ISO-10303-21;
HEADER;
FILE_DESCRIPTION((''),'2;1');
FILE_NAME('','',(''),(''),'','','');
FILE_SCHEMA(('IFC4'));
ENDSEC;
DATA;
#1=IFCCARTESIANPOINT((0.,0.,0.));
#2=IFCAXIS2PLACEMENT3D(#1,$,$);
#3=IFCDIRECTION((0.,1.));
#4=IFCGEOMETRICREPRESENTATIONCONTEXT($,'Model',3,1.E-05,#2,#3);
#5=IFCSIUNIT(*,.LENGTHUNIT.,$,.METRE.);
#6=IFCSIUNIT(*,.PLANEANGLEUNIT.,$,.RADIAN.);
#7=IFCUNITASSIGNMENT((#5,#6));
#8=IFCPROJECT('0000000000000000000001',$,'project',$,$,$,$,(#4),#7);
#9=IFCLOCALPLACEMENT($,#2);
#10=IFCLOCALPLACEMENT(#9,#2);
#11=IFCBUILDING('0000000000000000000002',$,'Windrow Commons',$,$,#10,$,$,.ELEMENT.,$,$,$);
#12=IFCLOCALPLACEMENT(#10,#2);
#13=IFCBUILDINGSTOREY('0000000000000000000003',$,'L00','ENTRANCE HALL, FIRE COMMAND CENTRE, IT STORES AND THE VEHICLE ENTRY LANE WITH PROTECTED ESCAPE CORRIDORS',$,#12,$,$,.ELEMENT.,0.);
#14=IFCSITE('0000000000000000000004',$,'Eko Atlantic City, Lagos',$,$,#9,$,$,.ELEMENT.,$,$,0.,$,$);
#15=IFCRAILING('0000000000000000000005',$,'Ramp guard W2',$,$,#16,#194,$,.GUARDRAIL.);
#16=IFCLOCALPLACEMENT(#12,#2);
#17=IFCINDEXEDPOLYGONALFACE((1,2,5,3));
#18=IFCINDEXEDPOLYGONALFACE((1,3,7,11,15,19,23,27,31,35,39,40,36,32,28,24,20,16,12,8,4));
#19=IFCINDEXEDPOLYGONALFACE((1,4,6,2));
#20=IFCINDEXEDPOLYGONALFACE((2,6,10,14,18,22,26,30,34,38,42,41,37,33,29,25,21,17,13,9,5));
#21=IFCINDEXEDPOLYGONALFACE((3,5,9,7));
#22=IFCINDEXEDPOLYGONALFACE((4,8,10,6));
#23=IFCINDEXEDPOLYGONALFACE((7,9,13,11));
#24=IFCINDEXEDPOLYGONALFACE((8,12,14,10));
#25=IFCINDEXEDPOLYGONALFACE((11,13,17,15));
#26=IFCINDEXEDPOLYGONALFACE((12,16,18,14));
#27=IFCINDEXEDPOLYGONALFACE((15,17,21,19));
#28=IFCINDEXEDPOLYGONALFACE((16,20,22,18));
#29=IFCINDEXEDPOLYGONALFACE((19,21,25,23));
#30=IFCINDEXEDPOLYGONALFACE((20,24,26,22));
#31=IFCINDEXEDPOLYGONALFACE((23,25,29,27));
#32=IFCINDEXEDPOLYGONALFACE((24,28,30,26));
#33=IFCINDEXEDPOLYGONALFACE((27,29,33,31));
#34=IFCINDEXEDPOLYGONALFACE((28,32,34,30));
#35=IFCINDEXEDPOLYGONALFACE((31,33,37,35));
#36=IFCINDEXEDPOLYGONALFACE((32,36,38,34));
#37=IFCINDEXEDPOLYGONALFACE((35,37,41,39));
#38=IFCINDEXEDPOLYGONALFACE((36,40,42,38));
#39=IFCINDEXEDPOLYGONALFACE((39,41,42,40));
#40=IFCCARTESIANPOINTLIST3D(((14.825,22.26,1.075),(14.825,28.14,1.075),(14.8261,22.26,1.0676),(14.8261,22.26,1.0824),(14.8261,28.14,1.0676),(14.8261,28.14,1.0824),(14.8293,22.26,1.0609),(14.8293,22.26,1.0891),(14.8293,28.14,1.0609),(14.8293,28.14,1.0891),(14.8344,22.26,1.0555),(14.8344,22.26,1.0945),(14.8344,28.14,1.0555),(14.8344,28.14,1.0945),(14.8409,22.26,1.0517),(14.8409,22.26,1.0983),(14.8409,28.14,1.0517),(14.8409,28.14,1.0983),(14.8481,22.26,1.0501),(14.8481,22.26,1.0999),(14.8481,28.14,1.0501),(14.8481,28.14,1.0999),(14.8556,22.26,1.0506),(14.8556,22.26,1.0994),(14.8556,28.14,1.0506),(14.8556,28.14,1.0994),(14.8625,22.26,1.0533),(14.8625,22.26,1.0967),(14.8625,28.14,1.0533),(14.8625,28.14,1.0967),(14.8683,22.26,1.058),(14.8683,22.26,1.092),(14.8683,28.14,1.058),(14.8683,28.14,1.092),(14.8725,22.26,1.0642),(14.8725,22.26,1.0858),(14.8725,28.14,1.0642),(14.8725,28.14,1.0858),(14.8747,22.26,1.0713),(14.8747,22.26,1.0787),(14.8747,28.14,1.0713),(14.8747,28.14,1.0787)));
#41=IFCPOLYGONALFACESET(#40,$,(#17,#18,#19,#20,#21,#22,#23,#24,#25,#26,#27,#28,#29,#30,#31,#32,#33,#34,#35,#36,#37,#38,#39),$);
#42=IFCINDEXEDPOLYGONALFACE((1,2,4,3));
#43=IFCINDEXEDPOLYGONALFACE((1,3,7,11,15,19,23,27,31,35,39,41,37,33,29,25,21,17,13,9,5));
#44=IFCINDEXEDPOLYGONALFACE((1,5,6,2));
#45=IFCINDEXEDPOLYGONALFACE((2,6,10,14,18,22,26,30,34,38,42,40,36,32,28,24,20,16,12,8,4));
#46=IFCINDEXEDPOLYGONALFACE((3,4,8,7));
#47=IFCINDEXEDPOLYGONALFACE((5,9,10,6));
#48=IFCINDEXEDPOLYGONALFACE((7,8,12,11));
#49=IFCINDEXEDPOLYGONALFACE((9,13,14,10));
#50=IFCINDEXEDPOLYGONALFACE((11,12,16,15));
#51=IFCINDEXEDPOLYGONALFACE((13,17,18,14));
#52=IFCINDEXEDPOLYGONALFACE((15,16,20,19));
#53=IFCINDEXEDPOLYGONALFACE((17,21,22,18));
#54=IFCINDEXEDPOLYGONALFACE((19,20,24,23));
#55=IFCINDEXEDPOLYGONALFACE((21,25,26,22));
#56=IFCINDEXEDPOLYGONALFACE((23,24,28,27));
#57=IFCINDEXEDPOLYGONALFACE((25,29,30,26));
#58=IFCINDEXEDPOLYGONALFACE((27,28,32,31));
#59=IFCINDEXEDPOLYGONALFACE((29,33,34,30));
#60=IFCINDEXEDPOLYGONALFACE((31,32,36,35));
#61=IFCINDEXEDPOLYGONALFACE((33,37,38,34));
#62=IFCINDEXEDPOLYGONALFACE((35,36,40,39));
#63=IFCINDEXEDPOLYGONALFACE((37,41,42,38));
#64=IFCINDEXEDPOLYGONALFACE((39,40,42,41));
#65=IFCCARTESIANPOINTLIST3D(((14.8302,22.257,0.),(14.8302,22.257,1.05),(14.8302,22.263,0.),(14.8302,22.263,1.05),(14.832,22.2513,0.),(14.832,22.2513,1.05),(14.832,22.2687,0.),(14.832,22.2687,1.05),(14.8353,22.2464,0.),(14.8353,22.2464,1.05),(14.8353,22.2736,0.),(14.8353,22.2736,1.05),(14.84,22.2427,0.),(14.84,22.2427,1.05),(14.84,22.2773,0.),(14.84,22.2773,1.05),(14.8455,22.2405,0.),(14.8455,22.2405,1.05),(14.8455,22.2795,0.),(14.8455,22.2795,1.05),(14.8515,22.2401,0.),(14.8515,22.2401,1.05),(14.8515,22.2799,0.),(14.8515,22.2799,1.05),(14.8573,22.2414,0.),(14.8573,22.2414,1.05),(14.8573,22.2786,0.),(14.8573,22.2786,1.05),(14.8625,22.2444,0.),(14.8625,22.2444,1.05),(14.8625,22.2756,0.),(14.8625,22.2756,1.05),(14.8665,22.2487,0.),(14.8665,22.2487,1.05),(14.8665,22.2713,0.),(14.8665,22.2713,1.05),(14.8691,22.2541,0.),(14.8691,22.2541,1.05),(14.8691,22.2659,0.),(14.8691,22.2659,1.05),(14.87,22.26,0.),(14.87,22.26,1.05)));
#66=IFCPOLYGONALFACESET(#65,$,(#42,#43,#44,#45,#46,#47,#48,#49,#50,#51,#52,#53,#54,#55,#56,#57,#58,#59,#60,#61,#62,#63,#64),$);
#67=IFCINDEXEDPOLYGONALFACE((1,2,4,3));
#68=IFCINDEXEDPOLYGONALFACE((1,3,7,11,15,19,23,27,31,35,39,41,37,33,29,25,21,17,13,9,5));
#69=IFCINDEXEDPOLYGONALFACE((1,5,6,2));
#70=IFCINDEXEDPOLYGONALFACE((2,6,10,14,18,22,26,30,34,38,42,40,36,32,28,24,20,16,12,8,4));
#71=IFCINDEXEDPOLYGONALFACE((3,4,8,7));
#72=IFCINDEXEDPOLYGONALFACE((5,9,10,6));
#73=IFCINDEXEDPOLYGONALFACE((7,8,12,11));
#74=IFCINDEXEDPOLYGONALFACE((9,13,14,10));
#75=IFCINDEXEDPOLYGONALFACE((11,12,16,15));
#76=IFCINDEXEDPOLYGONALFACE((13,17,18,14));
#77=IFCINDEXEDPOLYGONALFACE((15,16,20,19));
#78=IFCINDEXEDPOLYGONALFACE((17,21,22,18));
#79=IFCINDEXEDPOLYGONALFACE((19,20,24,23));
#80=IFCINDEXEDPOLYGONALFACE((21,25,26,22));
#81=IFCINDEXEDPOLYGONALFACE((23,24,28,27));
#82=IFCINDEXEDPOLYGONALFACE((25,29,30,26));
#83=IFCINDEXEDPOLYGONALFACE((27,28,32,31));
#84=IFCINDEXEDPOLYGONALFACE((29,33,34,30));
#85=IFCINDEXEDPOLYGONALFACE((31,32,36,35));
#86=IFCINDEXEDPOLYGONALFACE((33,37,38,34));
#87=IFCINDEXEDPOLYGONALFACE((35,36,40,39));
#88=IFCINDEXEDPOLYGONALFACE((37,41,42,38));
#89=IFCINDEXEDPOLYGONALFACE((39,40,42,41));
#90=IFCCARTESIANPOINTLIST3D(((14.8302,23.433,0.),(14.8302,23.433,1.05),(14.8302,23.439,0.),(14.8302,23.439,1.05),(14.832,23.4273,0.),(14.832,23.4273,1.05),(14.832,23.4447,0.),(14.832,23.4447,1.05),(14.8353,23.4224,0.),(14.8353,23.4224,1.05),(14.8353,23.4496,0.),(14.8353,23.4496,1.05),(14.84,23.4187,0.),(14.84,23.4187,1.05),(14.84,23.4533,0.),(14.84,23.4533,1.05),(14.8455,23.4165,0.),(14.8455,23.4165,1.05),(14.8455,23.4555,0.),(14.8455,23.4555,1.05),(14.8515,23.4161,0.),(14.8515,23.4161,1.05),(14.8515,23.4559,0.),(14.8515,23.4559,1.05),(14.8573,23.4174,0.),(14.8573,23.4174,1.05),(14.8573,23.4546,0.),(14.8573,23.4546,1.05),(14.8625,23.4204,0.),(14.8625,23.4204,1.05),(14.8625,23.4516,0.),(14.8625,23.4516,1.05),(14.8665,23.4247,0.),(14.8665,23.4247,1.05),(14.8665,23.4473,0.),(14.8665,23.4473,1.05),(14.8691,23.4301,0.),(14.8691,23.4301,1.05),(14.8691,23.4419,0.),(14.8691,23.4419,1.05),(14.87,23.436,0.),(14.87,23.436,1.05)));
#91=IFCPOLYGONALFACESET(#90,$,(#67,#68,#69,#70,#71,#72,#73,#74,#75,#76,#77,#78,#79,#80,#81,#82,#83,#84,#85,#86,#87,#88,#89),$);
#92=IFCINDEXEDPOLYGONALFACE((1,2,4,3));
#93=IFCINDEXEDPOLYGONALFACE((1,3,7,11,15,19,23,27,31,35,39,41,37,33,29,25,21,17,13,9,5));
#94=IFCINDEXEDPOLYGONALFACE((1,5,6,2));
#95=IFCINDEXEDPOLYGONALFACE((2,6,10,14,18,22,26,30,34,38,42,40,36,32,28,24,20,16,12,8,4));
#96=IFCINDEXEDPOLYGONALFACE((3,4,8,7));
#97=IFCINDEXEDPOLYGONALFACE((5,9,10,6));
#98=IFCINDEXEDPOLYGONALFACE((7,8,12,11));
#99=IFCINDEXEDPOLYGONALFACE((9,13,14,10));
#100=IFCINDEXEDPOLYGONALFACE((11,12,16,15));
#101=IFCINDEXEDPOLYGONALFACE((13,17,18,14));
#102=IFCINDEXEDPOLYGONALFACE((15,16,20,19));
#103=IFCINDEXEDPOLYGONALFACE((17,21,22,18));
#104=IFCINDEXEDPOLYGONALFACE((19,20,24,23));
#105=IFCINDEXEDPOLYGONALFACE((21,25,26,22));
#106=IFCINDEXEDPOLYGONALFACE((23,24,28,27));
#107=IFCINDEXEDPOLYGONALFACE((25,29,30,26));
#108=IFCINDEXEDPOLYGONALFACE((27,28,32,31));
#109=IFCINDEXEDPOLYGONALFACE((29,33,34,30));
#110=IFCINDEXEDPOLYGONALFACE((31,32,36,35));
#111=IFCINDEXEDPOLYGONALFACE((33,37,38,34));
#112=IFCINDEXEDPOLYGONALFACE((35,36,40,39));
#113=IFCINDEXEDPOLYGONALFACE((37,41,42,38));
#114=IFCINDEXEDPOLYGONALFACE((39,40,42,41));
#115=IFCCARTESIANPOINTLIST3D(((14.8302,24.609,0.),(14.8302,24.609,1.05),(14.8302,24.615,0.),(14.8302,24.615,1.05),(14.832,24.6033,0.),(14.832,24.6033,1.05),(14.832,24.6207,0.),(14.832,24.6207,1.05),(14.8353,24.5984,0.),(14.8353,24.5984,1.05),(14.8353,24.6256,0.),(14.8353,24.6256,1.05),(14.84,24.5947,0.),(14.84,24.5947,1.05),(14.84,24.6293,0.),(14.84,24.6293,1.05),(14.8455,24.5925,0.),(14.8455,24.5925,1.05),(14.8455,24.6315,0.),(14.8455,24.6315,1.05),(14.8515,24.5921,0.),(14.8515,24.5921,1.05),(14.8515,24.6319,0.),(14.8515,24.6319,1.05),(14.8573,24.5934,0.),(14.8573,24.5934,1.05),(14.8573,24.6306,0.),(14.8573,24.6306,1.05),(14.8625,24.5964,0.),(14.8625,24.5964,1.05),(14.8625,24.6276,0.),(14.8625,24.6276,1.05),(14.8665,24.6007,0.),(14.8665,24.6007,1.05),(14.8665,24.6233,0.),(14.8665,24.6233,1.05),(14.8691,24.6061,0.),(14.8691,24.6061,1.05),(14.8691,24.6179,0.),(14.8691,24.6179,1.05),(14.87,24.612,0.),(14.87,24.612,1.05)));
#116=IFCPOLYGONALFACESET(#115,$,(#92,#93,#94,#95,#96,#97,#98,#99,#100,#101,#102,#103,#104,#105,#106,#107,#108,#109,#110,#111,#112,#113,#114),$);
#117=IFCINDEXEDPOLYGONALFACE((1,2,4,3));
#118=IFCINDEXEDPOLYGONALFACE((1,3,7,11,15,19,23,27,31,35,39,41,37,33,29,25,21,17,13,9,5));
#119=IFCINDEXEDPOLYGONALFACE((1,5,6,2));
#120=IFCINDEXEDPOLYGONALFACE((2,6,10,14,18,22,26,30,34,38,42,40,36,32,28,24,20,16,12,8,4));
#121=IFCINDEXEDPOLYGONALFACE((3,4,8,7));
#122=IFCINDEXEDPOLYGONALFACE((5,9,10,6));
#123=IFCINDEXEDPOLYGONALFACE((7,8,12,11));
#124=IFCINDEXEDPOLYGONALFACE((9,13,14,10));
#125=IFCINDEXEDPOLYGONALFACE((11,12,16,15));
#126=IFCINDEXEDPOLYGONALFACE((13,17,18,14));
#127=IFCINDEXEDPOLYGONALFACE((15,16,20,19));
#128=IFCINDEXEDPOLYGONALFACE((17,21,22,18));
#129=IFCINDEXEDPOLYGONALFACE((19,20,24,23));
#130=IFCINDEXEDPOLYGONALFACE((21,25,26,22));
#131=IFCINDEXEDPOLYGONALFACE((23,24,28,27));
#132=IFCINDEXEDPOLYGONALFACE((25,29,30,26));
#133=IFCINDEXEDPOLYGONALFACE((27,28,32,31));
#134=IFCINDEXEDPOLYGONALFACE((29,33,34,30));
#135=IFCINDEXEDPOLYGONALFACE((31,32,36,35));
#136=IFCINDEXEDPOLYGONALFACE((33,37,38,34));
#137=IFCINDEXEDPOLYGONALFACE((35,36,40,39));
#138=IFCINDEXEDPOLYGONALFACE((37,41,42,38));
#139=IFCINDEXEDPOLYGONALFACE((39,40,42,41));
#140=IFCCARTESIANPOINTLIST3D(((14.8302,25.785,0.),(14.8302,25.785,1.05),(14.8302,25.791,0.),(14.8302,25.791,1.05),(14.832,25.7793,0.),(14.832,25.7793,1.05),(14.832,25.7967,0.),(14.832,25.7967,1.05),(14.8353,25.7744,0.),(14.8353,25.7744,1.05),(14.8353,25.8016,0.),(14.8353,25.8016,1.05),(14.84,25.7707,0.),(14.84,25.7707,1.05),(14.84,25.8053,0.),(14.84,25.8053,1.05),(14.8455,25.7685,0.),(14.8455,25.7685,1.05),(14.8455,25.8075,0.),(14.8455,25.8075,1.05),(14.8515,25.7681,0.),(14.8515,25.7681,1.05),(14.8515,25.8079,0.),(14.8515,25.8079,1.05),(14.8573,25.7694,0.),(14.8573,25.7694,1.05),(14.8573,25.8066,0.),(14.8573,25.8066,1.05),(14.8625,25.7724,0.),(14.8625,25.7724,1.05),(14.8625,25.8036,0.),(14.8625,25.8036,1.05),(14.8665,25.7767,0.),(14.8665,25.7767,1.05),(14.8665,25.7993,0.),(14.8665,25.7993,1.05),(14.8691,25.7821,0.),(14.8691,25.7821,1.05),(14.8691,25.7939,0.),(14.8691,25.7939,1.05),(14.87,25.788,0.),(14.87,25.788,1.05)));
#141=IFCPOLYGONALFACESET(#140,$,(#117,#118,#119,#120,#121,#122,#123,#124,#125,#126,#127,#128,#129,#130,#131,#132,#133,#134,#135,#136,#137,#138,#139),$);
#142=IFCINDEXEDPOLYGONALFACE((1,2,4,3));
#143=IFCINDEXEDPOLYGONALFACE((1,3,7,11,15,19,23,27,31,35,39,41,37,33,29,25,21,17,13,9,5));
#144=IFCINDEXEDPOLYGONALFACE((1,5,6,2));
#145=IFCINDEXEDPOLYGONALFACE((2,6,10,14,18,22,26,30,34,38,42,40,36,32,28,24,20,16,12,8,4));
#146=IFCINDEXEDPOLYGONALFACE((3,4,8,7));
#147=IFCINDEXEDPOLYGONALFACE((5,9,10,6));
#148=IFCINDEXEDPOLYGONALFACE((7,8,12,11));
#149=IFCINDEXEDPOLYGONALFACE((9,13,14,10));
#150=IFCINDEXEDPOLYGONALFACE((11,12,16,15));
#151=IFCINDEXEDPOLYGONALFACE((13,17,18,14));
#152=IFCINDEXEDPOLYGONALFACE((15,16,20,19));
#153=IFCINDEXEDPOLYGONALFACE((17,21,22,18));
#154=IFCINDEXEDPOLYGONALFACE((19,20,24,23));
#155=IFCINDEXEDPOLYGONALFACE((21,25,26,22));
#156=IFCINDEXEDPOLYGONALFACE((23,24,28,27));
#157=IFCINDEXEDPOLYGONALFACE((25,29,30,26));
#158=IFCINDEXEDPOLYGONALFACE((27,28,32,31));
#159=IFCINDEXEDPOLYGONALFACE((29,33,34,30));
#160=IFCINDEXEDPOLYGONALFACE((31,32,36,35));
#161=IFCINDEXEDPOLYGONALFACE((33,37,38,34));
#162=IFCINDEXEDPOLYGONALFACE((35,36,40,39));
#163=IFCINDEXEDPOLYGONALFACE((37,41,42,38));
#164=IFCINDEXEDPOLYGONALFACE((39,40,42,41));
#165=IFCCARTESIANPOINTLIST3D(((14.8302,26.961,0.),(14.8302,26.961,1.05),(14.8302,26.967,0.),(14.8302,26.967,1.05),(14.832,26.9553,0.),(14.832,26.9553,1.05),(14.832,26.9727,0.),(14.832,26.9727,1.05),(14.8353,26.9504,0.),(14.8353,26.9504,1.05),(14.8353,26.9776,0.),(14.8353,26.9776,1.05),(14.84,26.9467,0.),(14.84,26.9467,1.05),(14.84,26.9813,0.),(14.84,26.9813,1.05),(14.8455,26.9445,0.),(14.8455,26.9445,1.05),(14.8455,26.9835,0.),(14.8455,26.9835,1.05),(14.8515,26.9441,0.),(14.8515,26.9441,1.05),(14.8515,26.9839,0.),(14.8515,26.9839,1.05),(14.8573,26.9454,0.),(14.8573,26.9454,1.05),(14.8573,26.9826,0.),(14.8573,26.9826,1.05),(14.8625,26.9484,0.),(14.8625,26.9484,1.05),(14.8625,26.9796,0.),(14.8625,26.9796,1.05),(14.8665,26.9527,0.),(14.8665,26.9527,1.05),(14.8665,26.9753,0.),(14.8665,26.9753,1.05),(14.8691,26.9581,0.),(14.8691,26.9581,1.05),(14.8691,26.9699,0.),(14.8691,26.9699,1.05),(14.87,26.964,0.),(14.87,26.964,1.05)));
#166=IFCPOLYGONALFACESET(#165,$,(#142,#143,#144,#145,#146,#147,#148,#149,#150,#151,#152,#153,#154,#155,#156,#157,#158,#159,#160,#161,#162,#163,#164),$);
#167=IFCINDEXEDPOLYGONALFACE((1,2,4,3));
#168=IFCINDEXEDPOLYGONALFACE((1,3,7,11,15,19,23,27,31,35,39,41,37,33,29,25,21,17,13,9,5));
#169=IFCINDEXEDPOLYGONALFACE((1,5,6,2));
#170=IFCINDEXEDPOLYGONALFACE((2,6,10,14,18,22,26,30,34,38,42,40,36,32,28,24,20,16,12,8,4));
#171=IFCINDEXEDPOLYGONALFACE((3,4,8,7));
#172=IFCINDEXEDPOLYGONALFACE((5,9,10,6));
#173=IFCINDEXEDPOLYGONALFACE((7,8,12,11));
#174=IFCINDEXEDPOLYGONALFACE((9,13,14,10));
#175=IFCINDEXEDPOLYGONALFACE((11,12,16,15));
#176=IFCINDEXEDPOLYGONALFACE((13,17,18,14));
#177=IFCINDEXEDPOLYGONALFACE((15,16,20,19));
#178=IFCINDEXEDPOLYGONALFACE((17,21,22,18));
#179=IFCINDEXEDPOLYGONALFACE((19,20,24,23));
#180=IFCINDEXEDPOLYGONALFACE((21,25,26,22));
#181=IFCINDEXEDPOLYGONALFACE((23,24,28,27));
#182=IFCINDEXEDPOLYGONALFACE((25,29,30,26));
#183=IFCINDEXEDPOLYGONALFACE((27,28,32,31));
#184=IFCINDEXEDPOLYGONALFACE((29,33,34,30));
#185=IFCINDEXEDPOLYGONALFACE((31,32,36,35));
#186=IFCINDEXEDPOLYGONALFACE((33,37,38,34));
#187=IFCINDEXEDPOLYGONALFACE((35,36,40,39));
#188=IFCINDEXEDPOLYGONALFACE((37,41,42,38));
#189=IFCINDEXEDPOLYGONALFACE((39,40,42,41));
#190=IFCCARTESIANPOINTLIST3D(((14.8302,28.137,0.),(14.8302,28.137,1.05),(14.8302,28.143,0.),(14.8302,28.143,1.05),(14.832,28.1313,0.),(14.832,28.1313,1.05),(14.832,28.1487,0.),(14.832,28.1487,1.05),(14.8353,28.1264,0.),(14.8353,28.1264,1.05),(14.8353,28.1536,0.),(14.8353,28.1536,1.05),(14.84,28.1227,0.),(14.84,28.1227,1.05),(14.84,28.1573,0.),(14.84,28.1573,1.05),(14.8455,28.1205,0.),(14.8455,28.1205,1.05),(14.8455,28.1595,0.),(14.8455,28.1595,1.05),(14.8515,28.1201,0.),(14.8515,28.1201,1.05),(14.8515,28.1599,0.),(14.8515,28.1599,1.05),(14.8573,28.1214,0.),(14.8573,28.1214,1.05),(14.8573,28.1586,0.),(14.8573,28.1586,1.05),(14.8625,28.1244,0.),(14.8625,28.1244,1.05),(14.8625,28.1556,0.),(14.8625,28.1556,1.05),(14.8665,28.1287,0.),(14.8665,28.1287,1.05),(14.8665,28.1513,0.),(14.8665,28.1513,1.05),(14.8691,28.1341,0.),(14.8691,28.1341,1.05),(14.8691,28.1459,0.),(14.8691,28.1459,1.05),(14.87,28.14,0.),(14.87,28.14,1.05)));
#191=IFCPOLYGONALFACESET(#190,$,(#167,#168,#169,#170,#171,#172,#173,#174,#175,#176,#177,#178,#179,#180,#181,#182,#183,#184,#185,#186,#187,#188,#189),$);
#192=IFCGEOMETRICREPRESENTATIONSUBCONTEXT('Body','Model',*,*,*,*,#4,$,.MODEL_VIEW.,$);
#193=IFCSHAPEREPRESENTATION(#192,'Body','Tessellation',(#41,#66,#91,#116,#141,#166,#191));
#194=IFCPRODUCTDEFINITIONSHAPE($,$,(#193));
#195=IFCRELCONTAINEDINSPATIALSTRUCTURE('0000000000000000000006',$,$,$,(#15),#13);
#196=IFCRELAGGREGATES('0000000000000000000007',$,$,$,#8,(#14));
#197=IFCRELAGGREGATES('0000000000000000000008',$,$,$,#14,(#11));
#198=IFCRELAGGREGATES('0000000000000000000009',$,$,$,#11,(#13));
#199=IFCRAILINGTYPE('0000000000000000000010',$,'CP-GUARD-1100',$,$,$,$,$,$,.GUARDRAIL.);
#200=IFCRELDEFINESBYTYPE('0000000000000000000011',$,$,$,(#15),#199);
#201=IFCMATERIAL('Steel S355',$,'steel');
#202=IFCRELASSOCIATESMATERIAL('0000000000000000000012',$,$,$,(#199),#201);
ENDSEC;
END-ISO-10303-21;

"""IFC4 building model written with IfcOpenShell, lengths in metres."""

from ifc_helpers import new_model, si_unit, direction, frame, origin, origin_2d, place, context, subcontext, project, spatial, circle, extrude, material, type_object, element, save


model = new_model("IFC4")

# Units and contexts
model_context = context("Model", 3, precision=1e-05, world=origin(), true_north=direction((0.0, 1.0)))
body_context = subcontext(model_context, "Body", "Model", "MODEL_VIEW")
ifc_project = project(units=[si_unit("LENGTHUNIT", "METRE"), si_unit("PLANEANGLEUNIT", "RADIAN")], contexts=[model_context])

# Site, building, storey
site_placement = place(None, origin())
site = spatial("IfcSite", under=ifc_project, at=site_placement, Name="Eko Atlantic City, Lagos", CompositionType="ELEMENT", RefElevation=0.0)
building_placement = place(site_placement, origin())
building = spatial("IfcBuilding", under=site, at=building_placement, Name="Windrow Commons", CompositionType="ELEMENT")
storey_placement = place(building_placement, origin())
storey = spatial("IfcBuildingStorey", under=building, at=storey_placement, Name="L00", Description="ENTRANCE HALL, FIRE COMMAND CENTRE, IT STORES AND THE VEHICLE ENTRY LANE WITH PROTECTED ESCAPE CORRIDORS", CompositionType="ELEMENT", Elevation=0.0)

# Railing
ifc_material_1 = material(Name="Steel S355", Category="steel")
railing_type_1 = type_object("IfcRailingType", Name="CP-GUARD-1100", PredefinedType="GUARDRAIL", material=ifc_material_1)
for number, where, name in (
    (1, (14.85, 22.26, 0.0), "Ramp guard W2"),
):
    element("IfcRailing", number, at=place(storey_placement, frame(where)), inside=storey, type_object=railing_type_1, Name=name, PredefinedType="GUARDRAIL", context=body_context, shape_type="SweptSolid", body=[
        extrude(circle(Radius=0.025, at=origin_2d()), frame((0.0, 0.0, 1.075), z_axis=(0.0, 1.0, 0.0), x_axis=(-1.0, 0.0, 0.0)), (0.0, 0.0, 1.0), 5.88),
        extrude(circle(Radius=0.02, at=origin_2d()), origin(), (0.0, 0.0, 1.0), 1.05),
        extrude(circle(Radius=0.02, at=origin_2d()), frame((0.0, 1.176, 0.0)), (0.0, 0.0, 1.0), 1.05),
        extrude(circle(Radius=0.02, at=origin_2d()), frame((0.0, 2.352, 0.0)), (0.0, 0.0, 1.0), 1.05),
        extrude(circle(Radius=0.02, at=origin_2d()), frame((0.0, 3.528, 0.0)), (0.0, 0.0, 1.0), 1.05),
        extrude(circle(Radius=0.02, at=origin_2d()), frame((0.0, 4.704, 0.0)), (0.0, 0.0, 1.0), 1.05),
        extrude(circle(Radius=0.02, at=origin_2d()), frame((0.0, 5.88, 0.0)), (0.0, 0.0, 1.0), 1.05),
    ])

save(model, "model.ifc")
